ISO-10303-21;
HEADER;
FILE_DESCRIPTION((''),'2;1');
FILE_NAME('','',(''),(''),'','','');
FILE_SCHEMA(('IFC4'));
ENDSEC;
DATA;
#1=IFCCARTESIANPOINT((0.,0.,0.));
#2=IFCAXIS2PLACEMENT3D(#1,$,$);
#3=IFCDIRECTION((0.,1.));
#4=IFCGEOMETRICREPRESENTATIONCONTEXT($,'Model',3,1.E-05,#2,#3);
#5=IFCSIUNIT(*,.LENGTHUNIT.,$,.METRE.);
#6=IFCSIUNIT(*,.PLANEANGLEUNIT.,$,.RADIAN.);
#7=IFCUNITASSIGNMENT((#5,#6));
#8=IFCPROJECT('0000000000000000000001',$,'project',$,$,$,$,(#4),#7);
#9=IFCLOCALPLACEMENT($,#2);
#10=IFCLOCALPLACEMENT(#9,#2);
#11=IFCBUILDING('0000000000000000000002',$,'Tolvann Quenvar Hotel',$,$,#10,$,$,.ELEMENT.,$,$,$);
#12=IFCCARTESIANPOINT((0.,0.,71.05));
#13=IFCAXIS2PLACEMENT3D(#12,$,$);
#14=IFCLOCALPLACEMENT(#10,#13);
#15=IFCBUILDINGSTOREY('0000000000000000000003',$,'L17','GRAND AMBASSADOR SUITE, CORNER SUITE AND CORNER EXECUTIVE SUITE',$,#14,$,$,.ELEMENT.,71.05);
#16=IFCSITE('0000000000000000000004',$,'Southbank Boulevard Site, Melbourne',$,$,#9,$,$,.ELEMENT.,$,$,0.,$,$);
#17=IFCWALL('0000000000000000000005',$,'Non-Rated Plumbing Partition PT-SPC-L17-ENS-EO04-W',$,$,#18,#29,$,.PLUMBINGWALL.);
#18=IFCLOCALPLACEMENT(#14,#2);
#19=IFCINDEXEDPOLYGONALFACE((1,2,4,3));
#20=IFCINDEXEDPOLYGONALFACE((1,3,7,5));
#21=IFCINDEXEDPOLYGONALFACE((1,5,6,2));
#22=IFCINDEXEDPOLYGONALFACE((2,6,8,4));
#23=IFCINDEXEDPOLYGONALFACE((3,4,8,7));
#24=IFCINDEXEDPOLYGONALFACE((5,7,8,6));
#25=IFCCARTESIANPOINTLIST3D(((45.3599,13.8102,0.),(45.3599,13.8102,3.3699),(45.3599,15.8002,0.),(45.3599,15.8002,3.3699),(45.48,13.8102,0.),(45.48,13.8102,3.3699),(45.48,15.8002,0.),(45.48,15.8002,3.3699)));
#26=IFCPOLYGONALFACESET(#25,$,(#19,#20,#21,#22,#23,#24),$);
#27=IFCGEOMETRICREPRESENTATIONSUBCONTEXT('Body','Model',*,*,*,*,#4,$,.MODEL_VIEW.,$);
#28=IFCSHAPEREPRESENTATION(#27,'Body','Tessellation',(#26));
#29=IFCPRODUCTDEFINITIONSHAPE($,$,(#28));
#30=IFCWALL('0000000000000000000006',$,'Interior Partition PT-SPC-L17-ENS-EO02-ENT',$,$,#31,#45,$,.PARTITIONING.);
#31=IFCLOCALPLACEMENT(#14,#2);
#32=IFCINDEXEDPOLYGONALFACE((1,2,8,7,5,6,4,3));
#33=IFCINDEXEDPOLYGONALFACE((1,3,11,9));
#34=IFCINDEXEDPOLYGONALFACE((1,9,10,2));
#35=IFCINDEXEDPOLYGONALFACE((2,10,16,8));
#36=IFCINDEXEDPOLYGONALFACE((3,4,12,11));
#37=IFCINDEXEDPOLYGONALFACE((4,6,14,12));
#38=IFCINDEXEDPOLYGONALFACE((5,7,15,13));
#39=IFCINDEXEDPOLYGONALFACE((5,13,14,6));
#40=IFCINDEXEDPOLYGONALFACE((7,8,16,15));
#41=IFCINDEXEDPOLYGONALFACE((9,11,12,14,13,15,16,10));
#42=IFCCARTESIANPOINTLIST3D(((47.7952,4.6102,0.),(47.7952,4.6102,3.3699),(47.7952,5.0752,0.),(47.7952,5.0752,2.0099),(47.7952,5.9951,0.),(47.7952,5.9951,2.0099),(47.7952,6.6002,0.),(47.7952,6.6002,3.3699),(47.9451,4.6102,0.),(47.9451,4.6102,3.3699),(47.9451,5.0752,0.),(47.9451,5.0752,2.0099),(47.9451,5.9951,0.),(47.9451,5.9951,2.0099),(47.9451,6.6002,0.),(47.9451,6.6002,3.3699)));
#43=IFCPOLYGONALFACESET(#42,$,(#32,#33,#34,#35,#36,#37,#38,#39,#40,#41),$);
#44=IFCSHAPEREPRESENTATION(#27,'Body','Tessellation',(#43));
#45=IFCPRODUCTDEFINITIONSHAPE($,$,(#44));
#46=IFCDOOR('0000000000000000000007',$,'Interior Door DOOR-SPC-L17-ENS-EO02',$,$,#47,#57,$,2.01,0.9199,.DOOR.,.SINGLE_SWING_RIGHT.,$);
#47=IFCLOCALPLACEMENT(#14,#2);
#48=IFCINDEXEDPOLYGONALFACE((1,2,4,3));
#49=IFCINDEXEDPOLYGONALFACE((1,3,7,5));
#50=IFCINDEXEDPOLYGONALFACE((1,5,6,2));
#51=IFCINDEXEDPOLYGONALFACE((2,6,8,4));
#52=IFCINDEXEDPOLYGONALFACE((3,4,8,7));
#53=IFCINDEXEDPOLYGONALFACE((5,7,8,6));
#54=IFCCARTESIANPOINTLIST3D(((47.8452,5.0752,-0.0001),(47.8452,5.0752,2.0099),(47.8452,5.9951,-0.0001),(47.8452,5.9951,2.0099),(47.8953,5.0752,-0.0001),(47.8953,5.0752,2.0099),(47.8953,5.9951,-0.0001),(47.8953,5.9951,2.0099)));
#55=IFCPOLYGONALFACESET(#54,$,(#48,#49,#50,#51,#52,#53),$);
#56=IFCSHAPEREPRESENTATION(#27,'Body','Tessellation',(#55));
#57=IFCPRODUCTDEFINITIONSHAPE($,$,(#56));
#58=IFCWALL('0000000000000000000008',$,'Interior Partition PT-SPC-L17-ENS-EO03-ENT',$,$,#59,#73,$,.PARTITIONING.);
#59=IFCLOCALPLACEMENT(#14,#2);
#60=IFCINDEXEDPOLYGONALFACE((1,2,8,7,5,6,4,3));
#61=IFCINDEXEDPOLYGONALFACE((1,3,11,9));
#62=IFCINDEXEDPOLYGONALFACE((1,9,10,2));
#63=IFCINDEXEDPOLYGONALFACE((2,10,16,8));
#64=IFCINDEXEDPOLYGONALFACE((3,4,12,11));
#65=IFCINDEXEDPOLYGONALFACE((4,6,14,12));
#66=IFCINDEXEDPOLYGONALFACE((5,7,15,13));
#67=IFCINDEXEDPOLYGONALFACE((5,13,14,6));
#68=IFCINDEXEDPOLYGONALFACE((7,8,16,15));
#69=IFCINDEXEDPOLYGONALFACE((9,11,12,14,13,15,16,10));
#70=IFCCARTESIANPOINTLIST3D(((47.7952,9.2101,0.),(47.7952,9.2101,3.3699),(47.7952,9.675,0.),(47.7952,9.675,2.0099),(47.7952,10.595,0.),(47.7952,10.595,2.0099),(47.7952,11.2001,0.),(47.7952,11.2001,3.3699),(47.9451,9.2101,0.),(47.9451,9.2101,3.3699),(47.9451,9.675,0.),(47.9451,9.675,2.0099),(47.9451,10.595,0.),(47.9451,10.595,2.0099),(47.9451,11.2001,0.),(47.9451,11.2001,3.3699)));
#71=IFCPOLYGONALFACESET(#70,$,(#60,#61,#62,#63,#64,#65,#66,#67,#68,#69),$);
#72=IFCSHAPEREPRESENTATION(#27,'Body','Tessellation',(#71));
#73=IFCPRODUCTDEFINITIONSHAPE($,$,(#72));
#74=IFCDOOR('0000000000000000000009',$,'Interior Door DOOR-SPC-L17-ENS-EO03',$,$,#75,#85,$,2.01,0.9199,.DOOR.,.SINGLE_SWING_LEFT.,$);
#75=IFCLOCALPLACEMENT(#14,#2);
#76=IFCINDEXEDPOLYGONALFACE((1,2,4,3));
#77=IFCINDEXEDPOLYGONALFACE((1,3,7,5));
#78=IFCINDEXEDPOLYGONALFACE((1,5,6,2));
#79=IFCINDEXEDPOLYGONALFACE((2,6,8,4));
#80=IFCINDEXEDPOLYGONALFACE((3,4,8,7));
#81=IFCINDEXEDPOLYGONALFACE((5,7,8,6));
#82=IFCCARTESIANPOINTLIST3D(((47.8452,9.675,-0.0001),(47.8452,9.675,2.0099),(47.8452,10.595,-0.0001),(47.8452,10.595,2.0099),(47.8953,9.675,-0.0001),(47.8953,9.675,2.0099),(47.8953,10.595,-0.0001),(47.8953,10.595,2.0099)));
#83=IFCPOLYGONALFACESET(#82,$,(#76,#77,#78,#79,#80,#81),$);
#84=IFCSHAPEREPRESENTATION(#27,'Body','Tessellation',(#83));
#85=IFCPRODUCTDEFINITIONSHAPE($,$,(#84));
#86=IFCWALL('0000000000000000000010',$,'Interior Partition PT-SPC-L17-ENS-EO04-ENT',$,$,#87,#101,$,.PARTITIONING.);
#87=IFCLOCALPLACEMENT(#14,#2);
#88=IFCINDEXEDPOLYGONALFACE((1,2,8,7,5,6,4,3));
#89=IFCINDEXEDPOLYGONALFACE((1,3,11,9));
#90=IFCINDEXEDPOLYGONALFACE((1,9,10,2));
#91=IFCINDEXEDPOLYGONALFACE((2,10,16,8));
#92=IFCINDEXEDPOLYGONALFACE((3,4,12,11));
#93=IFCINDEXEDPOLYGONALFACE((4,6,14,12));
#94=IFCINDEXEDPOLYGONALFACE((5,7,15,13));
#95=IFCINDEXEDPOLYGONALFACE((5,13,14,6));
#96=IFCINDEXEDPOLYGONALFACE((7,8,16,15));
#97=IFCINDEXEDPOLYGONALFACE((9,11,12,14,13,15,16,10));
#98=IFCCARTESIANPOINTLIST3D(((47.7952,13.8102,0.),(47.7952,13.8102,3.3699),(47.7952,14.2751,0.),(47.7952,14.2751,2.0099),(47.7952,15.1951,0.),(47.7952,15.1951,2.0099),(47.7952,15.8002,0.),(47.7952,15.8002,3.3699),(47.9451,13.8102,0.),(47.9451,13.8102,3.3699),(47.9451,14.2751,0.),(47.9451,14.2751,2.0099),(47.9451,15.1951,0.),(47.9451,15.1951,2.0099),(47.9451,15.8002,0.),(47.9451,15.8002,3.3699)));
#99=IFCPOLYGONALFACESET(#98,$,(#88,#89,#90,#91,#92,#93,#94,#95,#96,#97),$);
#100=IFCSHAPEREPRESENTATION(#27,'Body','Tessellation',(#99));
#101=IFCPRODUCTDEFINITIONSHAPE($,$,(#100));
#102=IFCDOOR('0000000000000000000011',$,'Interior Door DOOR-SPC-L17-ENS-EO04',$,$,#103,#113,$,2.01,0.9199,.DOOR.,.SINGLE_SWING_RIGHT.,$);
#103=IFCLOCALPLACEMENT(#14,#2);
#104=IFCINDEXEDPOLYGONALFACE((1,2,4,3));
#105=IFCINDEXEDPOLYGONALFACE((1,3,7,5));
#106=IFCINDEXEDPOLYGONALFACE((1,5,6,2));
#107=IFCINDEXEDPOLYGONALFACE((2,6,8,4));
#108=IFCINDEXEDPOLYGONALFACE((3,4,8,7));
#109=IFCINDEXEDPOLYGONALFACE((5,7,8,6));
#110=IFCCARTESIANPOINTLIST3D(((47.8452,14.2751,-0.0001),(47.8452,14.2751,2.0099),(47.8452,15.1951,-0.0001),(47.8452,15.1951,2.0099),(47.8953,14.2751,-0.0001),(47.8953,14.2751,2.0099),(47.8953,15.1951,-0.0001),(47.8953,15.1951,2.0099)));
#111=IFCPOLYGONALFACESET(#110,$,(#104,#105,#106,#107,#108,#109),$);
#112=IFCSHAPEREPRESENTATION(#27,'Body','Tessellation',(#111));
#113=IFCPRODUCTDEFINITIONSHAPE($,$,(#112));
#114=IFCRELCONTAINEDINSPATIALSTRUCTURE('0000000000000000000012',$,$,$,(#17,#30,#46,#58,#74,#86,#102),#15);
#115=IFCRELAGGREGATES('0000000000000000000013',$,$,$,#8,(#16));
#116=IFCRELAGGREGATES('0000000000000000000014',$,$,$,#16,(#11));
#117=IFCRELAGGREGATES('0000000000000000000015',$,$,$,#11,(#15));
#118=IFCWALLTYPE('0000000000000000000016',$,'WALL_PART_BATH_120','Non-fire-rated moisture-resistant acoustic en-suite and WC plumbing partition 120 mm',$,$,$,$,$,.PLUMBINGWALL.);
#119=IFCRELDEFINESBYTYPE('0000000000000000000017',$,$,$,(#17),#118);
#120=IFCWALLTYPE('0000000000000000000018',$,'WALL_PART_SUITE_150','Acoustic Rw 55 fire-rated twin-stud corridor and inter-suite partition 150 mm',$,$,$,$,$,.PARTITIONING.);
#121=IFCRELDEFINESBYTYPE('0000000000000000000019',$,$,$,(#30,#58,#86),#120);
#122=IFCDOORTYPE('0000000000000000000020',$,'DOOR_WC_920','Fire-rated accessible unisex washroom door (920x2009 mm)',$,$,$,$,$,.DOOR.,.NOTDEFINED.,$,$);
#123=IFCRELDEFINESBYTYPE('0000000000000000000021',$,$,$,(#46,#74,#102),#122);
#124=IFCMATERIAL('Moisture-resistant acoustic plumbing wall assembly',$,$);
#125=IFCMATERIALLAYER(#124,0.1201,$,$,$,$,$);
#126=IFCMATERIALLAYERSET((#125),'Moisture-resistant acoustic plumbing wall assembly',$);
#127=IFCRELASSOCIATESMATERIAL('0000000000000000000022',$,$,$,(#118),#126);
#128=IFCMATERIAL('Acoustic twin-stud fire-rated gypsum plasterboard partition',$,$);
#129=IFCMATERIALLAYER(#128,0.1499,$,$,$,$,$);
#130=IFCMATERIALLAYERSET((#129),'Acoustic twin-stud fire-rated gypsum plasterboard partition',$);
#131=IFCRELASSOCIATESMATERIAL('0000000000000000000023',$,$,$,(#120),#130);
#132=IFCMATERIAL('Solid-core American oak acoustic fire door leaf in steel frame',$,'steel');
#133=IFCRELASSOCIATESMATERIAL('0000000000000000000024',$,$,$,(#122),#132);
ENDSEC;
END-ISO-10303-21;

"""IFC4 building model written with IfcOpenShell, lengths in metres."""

from ifc_helpers import new_model, si_unit, direction, frame, frame_2d, origin, place, context, subcontext, project, spatial, rectangle, extrude, source, transform, mapped, material, layer, layer_set, type_object, type_shapes, element, fill, save


model = new_model("IFC4")

# Units and contexts
model_context = context("Model", 3, precision=1e-05, world=origin(), true_north=direction((0.0, 1.0)))
body_context = subcontext(model_context, "Body", "Model", "MODEL_VIEW")
ifc_project = project(units=[si_unit("LENGTHUNIT", "METRE"), si_unit("PLANEANGLEUNIT", "RADIAN")], contexts=[model_context])

# Site, building, storey
site_placement = place(None, origin())
site = spatial("IfcSite", under=ifc_project, at=site_placement, Name="Southbank Boulevard Site, Melbourne", CompositionType="ELEMENT", RefElevation=0.0)
building_placement = place(site_placement, origin())
building = spatial("IfcBuilding", under=site, at=building_placement, Name="Tolvann Quenvar Hotel", CompositionType="ELEMENT")
storey_placement = place(building_placement, frame((0.0, 0.0, 71.05)))
storey = spatial("IfcBuildingStorey", under=building, at=storey_placement, Name="L17", Description="GRAND AMBASSADOR SUITE, CORNER SUITE AND CORNER EXECUTIVE SUITE", CompositionType="ELEMENT", Elevation=71.05)

# Wall
ifc_material_1 = material(Name="Moisture-resistant acoustic plumbing wall assembly")
ifc_layer_1 = layer(ifc_material_1, 0.1201)
ifc_layer_set_1 = layer_set([ifc_layer_1], Name="Moisture-resistant acoustic plumbing wall assembly")
wall_type_1 = type_object("IfcWallType", Name="WALL_PART_BATH_120", Description="Non-fire-rated moisture-resistant acoustic en-suite and WC plumbing partition 120 mm", PredefinedType="PLUMBINGWALL", material=ifc_layer_set_1)
for number, where, z_axis, x_axis, name in (
    (1, (45.4199, 13.8101, 0.0), (0.0, 0.0, 1.0), (0.0, 1.0, 0.0), "Non-Rated Plumbing Partition PT-SPC-L17-ENS-EO04-W"),
):
    element("IfcWall", number, at=place(storey_placement, frame(where, z_axis=z_axis, x_axis=x_axis)), inside=storey, type_object=wall_type_1, Name=name, PredefinedType="PLUMBINGWALL", context=body_context, shape_type="SweptSolid", body=[
        extrude(rectangle(XDim=1.99, YDim=0.1201, at=frame_2d((0.9951, 0.0))), origin(), (0.0, 0.0, 1.0), 3.3699),
    ])

# Walls, openings, doors
ifc_material_2 = material(Name="Acoustic twin-stud fire-rated gypsum plasterboard partition")
ifc_layer_2 = layer(ifc_material_2, 0.1499)
ifc_layer_set_2 = layer_set([ifc_layer_2], Name="Acoustic twin-stud fire-rated gypsum plasterboard partition")
wall_type_2 = type_object("IfcWallType", Name="WALL_PART_SUITE_150", Description="Acoustic Rw 55 fire-rated twin-stud corridor and inter-suite partition 150 mm", PredefinedType="PARTITIONING", material=ifc_layer_set_2)
wall_1_placement = place(storey_placement, frame((47.8701, 4.6101, 0.0), z_axis=(0.0, 0.0, 1.0), x_axis=(0.0, 1.0, 0.0)))
wall_1 = element("IfcWall", 2, at=wall_1_placement, inside=storey, type_object=wall_type_2, Name="Interior Partition PT-SPC-L17-ENS-EO02-ENT", PredefinedType="PARTITIONING", context=body_context, shape_type="SweptSolid", body=[
    extrude(rectangle(XDim=1.99, YDim=0.1499, at=frame_2d((0.9951, 0.0))), origin(), (0.0, 0.0, 1.0), 3.3699),
])
opening_1_placement = place(wall_1_placement, frame((0.4651, 0.0, 0.0)))
opening_1 = element("IfcOpeningElement", 3, at=opening_1_placement, cuts=wall_1, PredefinedType="OPENING", context=body_context, shape_type="SweptSolid", body=[
    extrude(rectangle(XDim=0.9199, YDim=2.01, at=frame_2d((0.46, 1.0049))), frame((0.0, 0.085, 0.0), z_axis=(0.0, -1.0, 0.0), x_axis=(1.0, 0.0, 0.0)), (0.0, 0.0, 1.0), 0.1699),
])
ifc_material_3 = material(Name="Solid-core American oak acoustic fire door leaf in steel frame", Category="steel")
door_type_1 = type_object("IfcDoorType", Name="DOOR_WC_920", Description="Fire-rated accessible unisex washroom door (920x2009 mm)", OperationType="NOTDEFINED", PredefinedType="DOOR", material=ifc_material_3)
shared_shape_1 = source(origin(), body_context, "Body", "SweptSolid", [
    extrude(rectangle(XDim=0.9199, YDim=2.01, at=frame_2d((0.46, 1.0049))), frame((0.0, 0.0249, 0.0), z_axis=(0.0, -1.0, 0.0), x_axis=(1.0, 0.0, 0.0)), (0.0, 0.0, 1.0), 0.05),
])
type_shapes(door_type_1, [shared_shape_1])
door_1_placement = place(opening_1_placement, origin())
door_1 = element("IfcDoor", 4, at=door_1_placement, inside=storey, type_object=door_type_1, Name="Interior Door DOOR-SPC-L17-ENS-EO02", OperationType="SINGLE_SWING_RIGHT", OverallHeight=2.01, OverallWidth=0.9199, PredefinedType="DOOR", context=body_context, shape_type="MappedRepresentation", body=[
    mapped(shared_shape_1, transform((0.0, 0.0, 0.0), x_axis=(1.0, 0.0, 0.0), y_axis=(0.0, 1.0, 0.0), z_axis=(0.0, 0.0, 1.0), scale=1.0)),
])
fill(opening_1, door_1)
wall_2_placement = place(storey_placement, frame((47.8701, 9.21, 0.0), z_axis=(0.0, 0.0, 1.0), x_axis=(0.0, 1.0, 0.0)))
wall_2 = element("IfcWall", 5, at=wall_2_placement, inside=storey, type_object=wall_type_2, Name="Interior Partition PT-SPC-L17-ENS-EO03-ENT", PredefinedType="PARTITIONING", context=body_context, shape_type="SweptSolid", body=[
    extrude(rectangle(XDim=1.99, YDim=0.1499, at=frame_2d((0.9951, 0.0))), origin(), (0.0, 0.0, 1.0), 3.3699),
])
opening_2_placement = place(wall_2_placement, frame((0.4651, 0.0, 0.0)))
opening_2 = element("IfcOpeningElement", 6, at=opening_2_placement, cuts=wall_2, PredefinedType="OPENING", context=body_context, shape_type="SweptSolid", body=[
    extrude(rectangle(XDim=0.9199, YDim=2.01, at=frame_2d((0.46, 1.0049))), frame((0.0, 0.085, 0.0), z_axis=(0.0, -1.0, 0.0), x_axis=(1.0, 0.0, 0.0)), (0.0, 0.0, 1.0), 0.1699),
])
door_2_placement = place(opening_2_placement, origin())
door_2 = element("IfcDoor", 7, at=door_2_placement, inside=storey, type_object=door_type_1, Name="Interior Door DOOR-SPC-L17-ENS-EO03", OperationType="SINGLE_SWING_LEFT", OverallHeight=2.01, OverallWidth=0.9199, PredefinedType="DOOR", context=body_context, shape_type="MappedRepresentation", body=[
    mapped(shared_shape_1, transform((0.0, 0.0, 0.0), x_axis=(1.0, 0.0, 0.0), y_axis=(0.0, 1.0, 0.0), z_axis=(0.0, 0.0, 1.0), scale=1.0)),
])
fill(opening_2, door_2)
wall_3_placement = place(storey_placement, frame((47.8701, 13.8101, 0.0), z_axis=(0.0, 0.0, 1.0), x_axis=(0.0, 1.0, 0.0)))
wall_3 = element("IfcWall", 8, at=wall_3_placement, inside=storey, type_object=wall_type_2, Name="Interior Partition PT-SPC-L17-ENS-EO04-ENT", PredefinedType="PARTITIONING", context=body_context, shape_type="SweptSolid", body=[
    extrude(rectangle(XDim=1.99, YDim=0.1499, at=frame_2d((0.9951, 0.0))), origin(), (0.0, 0.0, 1.0), 3.3699),
])
opening_3_placement = place(wall_3_placement, frame((0.4651, 0.0, 0.0)))
opening_3 = element("IfcOpeningElement", 9, at=opening_3_placement, cuts=wall_3, PredefinedType="OPENING", context=body_context, shape_type="SweptSolid", body=[
    extrude(rectangle(XDim=0.9199, YDim=2.01, at=frame_2d((0.46, 1.0049))), frame((0.0, 0.085, 0.0), z_axis=(0.0, -1.0, 0.0), x_axis=(1.0, 0.0, 0.0)), (0.0, 0.0, 1.0), 0.1699),
])
door_3_placement = place(opening_3_placement, origin())
door_3 = element("IfcDoor", 10, at=door_3_placement, inside=storey, type_object=door_type_1, Name="Interior Door DOOR-SPC-L17-ENS-EO04", OperationType="SINGLE_SWING_RIGHT", OverallHeight=2.01, OverallWidth=0.9199, PredefinedType="DOOR", context=body_context, shape_type="MappedRepresentation", body=[
    mapped(shared_shape_1, transform((0.0, 0.0, 0.0), x_axis=(1.0, 0.0, 0.0), y_axis=(0.0, 1.0, 0.0), z_axis=(0.0, 0.0, 1.0), scale=1.0)),
])
fill(opening_3, door_3)

save(model, "model.ifc")
